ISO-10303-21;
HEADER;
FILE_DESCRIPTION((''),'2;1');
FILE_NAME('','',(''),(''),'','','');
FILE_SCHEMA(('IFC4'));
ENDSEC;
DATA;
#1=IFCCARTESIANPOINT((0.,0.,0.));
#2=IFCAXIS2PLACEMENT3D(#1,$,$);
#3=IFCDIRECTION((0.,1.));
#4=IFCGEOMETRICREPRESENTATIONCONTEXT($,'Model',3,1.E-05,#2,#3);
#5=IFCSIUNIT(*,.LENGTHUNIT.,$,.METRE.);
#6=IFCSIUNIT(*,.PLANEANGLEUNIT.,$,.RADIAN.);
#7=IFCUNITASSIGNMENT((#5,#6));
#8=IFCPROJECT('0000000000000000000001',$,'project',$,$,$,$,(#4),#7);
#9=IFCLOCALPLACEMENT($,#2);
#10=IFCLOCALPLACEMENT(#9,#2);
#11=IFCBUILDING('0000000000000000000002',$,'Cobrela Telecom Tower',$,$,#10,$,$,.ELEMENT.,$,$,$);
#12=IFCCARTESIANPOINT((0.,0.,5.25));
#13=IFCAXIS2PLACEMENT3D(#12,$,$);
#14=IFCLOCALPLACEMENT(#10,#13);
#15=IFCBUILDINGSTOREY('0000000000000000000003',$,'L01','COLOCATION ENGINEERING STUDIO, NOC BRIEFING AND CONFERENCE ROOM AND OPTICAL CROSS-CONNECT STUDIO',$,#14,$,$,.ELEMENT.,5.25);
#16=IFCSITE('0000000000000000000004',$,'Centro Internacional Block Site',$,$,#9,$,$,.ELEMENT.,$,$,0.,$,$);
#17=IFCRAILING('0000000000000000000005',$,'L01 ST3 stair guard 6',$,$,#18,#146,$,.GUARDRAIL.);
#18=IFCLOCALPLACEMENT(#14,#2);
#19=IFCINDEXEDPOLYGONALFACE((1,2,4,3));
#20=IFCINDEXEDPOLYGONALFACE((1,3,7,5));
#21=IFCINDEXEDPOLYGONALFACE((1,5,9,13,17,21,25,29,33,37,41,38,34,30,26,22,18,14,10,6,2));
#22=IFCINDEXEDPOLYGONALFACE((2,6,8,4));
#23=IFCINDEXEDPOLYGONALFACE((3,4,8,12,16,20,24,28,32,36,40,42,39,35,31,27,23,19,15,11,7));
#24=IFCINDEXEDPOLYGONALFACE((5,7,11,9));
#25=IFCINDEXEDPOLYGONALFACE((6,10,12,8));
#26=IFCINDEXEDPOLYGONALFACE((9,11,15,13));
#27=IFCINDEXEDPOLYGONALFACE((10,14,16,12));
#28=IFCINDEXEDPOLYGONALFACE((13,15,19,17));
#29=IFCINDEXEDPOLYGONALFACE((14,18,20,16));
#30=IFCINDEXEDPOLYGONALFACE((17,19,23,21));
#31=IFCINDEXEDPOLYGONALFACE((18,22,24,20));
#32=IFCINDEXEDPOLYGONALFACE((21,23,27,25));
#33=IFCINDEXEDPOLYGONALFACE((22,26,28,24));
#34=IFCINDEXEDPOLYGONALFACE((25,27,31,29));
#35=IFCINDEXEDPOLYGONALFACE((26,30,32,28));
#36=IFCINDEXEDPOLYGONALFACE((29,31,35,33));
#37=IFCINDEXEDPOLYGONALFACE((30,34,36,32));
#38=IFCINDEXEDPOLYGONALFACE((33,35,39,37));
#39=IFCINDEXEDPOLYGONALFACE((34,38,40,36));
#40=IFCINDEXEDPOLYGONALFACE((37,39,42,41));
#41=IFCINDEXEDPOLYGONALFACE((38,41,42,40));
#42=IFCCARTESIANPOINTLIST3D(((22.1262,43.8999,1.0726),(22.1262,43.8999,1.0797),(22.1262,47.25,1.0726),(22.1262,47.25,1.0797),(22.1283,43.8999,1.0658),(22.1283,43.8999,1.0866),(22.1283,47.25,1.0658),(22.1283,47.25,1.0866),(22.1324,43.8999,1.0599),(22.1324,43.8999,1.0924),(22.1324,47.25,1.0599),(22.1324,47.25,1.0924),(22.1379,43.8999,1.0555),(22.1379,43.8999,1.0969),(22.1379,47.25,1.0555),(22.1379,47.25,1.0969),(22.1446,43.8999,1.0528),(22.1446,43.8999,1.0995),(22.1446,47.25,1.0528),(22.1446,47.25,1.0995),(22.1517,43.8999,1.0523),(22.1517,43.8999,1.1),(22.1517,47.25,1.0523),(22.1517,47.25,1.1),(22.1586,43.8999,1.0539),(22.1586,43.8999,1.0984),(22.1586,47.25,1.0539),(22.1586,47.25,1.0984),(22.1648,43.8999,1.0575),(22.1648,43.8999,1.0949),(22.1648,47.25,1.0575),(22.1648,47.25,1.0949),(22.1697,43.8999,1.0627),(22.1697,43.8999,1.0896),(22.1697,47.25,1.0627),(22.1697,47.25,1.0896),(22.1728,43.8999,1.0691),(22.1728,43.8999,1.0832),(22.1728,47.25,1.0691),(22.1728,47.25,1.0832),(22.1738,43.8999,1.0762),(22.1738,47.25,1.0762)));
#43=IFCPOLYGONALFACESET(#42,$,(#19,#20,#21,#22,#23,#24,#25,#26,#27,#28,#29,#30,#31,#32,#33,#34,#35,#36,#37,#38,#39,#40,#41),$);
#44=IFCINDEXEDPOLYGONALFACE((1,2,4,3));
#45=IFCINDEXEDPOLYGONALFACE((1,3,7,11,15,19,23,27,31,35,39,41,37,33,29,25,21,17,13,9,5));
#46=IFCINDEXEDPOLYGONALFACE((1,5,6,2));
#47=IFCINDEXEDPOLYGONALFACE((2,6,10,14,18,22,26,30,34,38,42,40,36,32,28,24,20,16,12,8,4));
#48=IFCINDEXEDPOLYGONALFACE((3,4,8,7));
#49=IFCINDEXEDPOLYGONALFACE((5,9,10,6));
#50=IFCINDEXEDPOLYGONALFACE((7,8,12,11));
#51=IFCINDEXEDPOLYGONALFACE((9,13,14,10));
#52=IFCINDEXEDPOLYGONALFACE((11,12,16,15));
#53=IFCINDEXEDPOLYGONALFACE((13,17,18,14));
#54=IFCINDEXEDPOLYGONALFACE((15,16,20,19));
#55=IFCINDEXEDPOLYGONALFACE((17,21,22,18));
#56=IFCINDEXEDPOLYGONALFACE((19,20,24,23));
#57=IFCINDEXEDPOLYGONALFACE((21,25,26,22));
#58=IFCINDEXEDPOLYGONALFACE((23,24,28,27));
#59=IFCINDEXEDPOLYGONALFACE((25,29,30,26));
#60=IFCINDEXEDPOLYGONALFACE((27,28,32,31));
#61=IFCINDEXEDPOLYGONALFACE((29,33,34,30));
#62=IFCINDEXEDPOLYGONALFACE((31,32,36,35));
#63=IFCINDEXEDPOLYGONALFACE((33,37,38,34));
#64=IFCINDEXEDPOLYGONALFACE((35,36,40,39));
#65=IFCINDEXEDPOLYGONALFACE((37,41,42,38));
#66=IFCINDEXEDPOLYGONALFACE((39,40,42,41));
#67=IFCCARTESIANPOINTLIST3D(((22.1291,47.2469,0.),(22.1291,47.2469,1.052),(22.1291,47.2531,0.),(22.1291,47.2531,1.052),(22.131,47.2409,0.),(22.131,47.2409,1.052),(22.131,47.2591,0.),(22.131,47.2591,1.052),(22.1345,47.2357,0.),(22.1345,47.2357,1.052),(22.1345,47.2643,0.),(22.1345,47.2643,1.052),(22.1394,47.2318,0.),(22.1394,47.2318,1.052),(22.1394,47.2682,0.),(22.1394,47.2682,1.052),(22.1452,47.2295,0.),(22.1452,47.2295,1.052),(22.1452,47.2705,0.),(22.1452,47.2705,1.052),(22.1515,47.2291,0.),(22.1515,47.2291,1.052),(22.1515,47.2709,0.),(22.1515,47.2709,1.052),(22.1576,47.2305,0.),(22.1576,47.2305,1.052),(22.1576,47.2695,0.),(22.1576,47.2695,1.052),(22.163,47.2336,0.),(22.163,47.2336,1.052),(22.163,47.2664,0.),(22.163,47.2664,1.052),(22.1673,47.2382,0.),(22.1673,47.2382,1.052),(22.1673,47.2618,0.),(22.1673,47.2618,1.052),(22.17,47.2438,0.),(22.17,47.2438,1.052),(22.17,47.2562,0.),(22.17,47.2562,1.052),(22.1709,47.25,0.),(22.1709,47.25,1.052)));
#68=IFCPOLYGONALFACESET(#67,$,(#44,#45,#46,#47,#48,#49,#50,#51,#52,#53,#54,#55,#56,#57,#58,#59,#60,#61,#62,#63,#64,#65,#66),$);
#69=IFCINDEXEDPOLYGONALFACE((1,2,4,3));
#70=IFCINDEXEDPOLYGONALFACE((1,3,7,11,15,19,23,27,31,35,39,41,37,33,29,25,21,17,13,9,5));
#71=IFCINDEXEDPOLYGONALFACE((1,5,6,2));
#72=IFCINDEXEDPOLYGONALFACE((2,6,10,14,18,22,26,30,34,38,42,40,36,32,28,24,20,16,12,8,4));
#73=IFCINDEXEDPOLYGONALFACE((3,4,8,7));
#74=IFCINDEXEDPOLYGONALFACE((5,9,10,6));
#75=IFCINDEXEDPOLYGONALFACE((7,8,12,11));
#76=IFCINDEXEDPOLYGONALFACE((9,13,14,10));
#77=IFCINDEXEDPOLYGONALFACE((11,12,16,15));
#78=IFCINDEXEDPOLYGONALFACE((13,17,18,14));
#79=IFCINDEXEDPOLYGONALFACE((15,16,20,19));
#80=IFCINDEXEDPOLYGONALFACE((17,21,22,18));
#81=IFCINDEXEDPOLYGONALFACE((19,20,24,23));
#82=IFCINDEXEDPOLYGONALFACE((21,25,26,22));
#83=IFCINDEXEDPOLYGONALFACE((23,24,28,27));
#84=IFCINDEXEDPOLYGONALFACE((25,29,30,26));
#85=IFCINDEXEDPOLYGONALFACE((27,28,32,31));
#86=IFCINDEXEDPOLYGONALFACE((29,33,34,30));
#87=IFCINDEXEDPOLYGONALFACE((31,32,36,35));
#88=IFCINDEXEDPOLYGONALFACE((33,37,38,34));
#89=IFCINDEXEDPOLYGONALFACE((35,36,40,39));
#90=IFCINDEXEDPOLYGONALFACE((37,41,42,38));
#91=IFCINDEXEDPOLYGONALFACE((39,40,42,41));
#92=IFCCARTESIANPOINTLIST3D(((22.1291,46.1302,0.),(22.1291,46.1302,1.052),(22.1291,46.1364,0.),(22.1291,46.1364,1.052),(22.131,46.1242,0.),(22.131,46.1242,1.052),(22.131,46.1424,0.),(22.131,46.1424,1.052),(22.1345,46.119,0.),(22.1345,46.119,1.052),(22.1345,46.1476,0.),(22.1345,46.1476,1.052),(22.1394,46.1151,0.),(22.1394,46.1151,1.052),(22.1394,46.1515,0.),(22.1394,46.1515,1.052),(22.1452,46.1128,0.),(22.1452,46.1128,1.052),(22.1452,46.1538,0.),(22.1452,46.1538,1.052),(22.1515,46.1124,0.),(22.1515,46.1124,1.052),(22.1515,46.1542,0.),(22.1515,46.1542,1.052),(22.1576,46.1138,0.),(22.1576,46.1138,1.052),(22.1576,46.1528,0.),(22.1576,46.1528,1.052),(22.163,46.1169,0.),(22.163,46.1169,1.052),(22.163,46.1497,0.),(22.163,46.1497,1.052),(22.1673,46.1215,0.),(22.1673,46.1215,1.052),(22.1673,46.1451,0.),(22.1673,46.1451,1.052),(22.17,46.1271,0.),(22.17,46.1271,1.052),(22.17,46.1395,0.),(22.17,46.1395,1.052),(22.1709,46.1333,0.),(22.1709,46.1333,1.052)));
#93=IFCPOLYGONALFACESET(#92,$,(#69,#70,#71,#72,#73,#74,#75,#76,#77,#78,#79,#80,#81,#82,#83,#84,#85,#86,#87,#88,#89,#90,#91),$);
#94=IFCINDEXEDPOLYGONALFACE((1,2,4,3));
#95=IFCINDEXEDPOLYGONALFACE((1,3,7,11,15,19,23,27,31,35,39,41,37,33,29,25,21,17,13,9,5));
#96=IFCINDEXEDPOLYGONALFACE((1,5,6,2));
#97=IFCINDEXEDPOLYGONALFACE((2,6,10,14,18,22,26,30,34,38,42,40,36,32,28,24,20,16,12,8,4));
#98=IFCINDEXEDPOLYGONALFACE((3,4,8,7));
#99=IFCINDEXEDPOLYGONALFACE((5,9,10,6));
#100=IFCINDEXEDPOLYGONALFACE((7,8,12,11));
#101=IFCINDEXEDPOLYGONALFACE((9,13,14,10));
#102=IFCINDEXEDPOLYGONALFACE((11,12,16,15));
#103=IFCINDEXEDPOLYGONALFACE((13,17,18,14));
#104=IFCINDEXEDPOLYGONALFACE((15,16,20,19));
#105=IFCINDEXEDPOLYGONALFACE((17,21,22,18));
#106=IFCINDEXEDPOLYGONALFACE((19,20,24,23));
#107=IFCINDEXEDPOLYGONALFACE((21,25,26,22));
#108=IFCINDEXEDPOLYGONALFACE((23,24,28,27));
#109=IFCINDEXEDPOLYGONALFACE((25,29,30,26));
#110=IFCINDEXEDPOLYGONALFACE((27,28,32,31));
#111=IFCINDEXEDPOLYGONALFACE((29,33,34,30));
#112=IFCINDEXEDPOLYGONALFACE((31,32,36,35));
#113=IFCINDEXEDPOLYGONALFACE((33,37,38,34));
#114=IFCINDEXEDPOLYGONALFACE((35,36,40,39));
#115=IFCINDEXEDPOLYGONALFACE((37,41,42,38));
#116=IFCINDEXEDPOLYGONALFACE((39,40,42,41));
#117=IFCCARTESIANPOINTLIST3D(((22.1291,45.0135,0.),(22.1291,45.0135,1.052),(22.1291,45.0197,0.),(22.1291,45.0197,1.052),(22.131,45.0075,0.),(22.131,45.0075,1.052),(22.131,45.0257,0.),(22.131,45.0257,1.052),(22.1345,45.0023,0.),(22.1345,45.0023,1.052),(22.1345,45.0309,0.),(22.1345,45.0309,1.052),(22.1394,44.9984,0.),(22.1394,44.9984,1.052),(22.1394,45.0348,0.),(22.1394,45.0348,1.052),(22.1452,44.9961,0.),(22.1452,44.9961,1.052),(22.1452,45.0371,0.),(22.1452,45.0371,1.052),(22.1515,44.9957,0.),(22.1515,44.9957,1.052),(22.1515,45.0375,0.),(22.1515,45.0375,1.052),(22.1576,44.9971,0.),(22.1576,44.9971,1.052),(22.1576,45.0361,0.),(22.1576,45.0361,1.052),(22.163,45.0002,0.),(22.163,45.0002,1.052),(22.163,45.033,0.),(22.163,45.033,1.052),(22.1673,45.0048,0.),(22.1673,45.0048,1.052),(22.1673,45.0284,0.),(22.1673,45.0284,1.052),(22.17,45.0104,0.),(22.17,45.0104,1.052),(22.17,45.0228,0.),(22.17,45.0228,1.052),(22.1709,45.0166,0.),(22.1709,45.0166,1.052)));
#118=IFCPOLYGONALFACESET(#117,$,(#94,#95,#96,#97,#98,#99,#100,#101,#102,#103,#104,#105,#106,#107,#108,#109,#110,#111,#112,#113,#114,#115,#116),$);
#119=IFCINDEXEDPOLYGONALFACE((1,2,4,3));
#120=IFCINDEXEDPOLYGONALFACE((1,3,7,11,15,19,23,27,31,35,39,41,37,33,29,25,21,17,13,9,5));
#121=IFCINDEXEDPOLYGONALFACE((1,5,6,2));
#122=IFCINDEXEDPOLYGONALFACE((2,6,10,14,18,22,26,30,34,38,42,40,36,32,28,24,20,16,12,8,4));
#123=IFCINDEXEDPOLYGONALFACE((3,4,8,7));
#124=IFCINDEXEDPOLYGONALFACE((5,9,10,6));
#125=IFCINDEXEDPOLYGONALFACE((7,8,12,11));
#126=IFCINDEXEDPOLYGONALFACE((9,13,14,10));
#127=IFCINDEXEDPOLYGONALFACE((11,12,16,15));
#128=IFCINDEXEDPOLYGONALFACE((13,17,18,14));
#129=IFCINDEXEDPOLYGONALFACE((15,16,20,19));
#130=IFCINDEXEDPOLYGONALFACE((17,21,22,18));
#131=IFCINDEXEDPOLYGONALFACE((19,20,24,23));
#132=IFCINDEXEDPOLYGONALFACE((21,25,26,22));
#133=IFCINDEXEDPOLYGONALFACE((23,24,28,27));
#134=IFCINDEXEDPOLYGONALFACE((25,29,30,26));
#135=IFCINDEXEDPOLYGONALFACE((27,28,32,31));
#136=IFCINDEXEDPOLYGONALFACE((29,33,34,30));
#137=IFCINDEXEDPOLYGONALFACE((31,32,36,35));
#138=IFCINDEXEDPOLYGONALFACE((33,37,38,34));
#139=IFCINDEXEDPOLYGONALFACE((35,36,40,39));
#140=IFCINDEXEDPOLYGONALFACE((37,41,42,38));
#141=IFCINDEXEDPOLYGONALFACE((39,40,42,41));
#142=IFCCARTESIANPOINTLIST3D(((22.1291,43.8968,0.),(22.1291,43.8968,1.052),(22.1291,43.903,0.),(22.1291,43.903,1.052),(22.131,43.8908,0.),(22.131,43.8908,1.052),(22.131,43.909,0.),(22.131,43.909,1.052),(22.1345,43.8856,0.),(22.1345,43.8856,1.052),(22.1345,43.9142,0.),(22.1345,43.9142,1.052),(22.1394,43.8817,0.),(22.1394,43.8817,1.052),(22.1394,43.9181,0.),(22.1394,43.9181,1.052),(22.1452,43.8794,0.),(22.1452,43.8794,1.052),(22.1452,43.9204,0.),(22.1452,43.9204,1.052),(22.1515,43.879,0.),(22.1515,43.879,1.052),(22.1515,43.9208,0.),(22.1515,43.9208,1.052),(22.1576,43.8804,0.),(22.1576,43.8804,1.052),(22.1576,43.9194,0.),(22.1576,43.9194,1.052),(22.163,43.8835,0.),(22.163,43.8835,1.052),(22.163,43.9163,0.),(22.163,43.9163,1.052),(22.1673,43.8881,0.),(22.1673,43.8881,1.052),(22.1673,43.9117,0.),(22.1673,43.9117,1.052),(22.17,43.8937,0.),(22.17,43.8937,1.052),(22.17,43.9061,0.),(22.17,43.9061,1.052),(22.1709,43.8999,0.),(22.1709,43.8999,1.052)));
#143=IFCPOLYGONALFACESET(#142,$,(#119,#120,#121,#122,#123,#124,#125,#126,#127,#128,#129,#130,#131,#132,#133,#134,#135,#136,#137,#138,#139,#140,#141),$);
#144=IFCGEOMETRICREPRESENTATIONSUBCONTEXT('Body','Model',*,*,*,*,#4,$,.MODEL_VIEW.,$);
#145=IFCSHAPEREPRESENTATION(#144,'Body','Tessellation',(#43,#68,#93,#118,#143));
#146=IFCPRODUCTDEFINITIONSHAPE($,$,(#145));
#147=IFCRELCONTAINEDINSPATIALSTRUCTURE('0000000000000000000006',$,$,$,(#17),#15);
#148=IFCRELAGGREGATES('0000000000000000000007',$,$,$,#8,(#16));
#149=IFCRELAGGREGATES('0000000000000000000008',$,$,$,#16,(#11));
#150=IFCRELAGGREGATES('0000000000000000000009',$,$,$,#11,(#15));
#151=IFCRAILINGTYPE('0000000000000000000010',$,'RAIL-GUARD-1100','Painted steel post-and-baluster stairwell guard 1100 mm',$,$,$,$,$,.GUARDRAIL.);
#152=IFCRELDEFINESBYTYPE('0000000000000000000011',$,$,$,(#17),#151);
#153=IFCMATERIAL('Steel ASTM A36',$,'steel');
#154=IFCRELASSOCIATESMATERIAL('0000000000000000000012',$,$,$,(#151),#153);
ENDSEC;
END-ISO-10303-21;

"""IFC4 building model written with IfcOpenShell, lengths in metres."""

from ifc_helpers import new_model, si_unit, direction, frame, origin, origin_2d, place, context, subcontext, project, spatial, circle, extrude, material, type_object, element, save


model = new_model("IFC4")

# Units and contexts
model_context = context("Model", 3, precision=1e-05, world=origin(), true_north=direction((0.0, 1.0)))
body_context = subcontext(model_context, "Body", "Model", "MODEL_VIEW")
ifc_project = project(units=[si_unit("LENGTHUNIT", "METRE"), si_unit("PLANEANGLEUNIT", "RADIAN")], contexts=[model_context])

# Site, building, storey
site_placement = place(None, origin())
site = spatial("IfcSite", under=ifc_project, at=site_placement, Name="Centro Internacional Block Site", CompositionType="ELEMENT", RefElevation=0.0)
building_placement = place(site_placement, origin())
building = spatial("IfcBuilding", under=site, at=building_placement, Name="Cobrela Telecom Tower", CompositionType="ELEMENT")
storey_placement = place(building_placement, frame((0.0, 0.0, 5.25)))
storey = spatial("IfcBuildingStorey", under=building, at=storey_placement, Name="L01", Description="COLOCATION ENGINEERING STUDIO, NOC BRIEFING AND CONFERENCE ROOM AND OPTICAL CROSS-CONNECT STUDIO", CompositionType="ELEMENT", Elevation=5.25)

# Shared definitions
ifc_material_1 = material(Name="Steel ASTM A36", Category="steel")

# Railing
railing_type_1 = type_object("IfcRailingType", Name="RAIL-GUARD-1100", Description="Painted steel post-and-baluster stairwell guard 1100 mm", PredefinedType="GUARDRAIL", material=ifc_material_1)
railing_1_placement = place(storey_placement, frame((22.1499, 47.25, 0.0)))
element("IfcRailing", 1, at=railing_1_placement, inside=storey, type_object=railing_type_1, Name="L01 ST3 stair guard 6", PredefinedType="GUARDRAIL", context=body_context, shape_type="SweptSolid", body=[
    extrude(circle(Radius=0.0239, at=origin_2d()), frame((0.0, 0.0, 1.0762), z_axis=(0.0, -1.0, 0.0), x_axis=(1.0, 0.0, 0.0)), (0.0, 0.0, 1.0), 3.3501),
    extrude(circle(Radius=0.021, at=origin_2d()), origin(), (0.0, 0.0, 1.0), 1.052),
    extrude(circle(Radius=0.021, at=origin_2d()), frame((0.0, -1.1167, 0.0)), (0.0, 0.0, 1.0), 1.052),
    extrude(circle(Radius=0.021, at=origin_2d()), frame((0.0, -2.2334, 0.0)), (0.0, 0.0, 1.0), 1.052),
    extrude(circle(Radius=0.021, at=origin_2d()), frame((0.0, -3.3501, 0.0)), (0.0, 0.0, 1.0), 1.052),
])

save(model, "model.ifc")
